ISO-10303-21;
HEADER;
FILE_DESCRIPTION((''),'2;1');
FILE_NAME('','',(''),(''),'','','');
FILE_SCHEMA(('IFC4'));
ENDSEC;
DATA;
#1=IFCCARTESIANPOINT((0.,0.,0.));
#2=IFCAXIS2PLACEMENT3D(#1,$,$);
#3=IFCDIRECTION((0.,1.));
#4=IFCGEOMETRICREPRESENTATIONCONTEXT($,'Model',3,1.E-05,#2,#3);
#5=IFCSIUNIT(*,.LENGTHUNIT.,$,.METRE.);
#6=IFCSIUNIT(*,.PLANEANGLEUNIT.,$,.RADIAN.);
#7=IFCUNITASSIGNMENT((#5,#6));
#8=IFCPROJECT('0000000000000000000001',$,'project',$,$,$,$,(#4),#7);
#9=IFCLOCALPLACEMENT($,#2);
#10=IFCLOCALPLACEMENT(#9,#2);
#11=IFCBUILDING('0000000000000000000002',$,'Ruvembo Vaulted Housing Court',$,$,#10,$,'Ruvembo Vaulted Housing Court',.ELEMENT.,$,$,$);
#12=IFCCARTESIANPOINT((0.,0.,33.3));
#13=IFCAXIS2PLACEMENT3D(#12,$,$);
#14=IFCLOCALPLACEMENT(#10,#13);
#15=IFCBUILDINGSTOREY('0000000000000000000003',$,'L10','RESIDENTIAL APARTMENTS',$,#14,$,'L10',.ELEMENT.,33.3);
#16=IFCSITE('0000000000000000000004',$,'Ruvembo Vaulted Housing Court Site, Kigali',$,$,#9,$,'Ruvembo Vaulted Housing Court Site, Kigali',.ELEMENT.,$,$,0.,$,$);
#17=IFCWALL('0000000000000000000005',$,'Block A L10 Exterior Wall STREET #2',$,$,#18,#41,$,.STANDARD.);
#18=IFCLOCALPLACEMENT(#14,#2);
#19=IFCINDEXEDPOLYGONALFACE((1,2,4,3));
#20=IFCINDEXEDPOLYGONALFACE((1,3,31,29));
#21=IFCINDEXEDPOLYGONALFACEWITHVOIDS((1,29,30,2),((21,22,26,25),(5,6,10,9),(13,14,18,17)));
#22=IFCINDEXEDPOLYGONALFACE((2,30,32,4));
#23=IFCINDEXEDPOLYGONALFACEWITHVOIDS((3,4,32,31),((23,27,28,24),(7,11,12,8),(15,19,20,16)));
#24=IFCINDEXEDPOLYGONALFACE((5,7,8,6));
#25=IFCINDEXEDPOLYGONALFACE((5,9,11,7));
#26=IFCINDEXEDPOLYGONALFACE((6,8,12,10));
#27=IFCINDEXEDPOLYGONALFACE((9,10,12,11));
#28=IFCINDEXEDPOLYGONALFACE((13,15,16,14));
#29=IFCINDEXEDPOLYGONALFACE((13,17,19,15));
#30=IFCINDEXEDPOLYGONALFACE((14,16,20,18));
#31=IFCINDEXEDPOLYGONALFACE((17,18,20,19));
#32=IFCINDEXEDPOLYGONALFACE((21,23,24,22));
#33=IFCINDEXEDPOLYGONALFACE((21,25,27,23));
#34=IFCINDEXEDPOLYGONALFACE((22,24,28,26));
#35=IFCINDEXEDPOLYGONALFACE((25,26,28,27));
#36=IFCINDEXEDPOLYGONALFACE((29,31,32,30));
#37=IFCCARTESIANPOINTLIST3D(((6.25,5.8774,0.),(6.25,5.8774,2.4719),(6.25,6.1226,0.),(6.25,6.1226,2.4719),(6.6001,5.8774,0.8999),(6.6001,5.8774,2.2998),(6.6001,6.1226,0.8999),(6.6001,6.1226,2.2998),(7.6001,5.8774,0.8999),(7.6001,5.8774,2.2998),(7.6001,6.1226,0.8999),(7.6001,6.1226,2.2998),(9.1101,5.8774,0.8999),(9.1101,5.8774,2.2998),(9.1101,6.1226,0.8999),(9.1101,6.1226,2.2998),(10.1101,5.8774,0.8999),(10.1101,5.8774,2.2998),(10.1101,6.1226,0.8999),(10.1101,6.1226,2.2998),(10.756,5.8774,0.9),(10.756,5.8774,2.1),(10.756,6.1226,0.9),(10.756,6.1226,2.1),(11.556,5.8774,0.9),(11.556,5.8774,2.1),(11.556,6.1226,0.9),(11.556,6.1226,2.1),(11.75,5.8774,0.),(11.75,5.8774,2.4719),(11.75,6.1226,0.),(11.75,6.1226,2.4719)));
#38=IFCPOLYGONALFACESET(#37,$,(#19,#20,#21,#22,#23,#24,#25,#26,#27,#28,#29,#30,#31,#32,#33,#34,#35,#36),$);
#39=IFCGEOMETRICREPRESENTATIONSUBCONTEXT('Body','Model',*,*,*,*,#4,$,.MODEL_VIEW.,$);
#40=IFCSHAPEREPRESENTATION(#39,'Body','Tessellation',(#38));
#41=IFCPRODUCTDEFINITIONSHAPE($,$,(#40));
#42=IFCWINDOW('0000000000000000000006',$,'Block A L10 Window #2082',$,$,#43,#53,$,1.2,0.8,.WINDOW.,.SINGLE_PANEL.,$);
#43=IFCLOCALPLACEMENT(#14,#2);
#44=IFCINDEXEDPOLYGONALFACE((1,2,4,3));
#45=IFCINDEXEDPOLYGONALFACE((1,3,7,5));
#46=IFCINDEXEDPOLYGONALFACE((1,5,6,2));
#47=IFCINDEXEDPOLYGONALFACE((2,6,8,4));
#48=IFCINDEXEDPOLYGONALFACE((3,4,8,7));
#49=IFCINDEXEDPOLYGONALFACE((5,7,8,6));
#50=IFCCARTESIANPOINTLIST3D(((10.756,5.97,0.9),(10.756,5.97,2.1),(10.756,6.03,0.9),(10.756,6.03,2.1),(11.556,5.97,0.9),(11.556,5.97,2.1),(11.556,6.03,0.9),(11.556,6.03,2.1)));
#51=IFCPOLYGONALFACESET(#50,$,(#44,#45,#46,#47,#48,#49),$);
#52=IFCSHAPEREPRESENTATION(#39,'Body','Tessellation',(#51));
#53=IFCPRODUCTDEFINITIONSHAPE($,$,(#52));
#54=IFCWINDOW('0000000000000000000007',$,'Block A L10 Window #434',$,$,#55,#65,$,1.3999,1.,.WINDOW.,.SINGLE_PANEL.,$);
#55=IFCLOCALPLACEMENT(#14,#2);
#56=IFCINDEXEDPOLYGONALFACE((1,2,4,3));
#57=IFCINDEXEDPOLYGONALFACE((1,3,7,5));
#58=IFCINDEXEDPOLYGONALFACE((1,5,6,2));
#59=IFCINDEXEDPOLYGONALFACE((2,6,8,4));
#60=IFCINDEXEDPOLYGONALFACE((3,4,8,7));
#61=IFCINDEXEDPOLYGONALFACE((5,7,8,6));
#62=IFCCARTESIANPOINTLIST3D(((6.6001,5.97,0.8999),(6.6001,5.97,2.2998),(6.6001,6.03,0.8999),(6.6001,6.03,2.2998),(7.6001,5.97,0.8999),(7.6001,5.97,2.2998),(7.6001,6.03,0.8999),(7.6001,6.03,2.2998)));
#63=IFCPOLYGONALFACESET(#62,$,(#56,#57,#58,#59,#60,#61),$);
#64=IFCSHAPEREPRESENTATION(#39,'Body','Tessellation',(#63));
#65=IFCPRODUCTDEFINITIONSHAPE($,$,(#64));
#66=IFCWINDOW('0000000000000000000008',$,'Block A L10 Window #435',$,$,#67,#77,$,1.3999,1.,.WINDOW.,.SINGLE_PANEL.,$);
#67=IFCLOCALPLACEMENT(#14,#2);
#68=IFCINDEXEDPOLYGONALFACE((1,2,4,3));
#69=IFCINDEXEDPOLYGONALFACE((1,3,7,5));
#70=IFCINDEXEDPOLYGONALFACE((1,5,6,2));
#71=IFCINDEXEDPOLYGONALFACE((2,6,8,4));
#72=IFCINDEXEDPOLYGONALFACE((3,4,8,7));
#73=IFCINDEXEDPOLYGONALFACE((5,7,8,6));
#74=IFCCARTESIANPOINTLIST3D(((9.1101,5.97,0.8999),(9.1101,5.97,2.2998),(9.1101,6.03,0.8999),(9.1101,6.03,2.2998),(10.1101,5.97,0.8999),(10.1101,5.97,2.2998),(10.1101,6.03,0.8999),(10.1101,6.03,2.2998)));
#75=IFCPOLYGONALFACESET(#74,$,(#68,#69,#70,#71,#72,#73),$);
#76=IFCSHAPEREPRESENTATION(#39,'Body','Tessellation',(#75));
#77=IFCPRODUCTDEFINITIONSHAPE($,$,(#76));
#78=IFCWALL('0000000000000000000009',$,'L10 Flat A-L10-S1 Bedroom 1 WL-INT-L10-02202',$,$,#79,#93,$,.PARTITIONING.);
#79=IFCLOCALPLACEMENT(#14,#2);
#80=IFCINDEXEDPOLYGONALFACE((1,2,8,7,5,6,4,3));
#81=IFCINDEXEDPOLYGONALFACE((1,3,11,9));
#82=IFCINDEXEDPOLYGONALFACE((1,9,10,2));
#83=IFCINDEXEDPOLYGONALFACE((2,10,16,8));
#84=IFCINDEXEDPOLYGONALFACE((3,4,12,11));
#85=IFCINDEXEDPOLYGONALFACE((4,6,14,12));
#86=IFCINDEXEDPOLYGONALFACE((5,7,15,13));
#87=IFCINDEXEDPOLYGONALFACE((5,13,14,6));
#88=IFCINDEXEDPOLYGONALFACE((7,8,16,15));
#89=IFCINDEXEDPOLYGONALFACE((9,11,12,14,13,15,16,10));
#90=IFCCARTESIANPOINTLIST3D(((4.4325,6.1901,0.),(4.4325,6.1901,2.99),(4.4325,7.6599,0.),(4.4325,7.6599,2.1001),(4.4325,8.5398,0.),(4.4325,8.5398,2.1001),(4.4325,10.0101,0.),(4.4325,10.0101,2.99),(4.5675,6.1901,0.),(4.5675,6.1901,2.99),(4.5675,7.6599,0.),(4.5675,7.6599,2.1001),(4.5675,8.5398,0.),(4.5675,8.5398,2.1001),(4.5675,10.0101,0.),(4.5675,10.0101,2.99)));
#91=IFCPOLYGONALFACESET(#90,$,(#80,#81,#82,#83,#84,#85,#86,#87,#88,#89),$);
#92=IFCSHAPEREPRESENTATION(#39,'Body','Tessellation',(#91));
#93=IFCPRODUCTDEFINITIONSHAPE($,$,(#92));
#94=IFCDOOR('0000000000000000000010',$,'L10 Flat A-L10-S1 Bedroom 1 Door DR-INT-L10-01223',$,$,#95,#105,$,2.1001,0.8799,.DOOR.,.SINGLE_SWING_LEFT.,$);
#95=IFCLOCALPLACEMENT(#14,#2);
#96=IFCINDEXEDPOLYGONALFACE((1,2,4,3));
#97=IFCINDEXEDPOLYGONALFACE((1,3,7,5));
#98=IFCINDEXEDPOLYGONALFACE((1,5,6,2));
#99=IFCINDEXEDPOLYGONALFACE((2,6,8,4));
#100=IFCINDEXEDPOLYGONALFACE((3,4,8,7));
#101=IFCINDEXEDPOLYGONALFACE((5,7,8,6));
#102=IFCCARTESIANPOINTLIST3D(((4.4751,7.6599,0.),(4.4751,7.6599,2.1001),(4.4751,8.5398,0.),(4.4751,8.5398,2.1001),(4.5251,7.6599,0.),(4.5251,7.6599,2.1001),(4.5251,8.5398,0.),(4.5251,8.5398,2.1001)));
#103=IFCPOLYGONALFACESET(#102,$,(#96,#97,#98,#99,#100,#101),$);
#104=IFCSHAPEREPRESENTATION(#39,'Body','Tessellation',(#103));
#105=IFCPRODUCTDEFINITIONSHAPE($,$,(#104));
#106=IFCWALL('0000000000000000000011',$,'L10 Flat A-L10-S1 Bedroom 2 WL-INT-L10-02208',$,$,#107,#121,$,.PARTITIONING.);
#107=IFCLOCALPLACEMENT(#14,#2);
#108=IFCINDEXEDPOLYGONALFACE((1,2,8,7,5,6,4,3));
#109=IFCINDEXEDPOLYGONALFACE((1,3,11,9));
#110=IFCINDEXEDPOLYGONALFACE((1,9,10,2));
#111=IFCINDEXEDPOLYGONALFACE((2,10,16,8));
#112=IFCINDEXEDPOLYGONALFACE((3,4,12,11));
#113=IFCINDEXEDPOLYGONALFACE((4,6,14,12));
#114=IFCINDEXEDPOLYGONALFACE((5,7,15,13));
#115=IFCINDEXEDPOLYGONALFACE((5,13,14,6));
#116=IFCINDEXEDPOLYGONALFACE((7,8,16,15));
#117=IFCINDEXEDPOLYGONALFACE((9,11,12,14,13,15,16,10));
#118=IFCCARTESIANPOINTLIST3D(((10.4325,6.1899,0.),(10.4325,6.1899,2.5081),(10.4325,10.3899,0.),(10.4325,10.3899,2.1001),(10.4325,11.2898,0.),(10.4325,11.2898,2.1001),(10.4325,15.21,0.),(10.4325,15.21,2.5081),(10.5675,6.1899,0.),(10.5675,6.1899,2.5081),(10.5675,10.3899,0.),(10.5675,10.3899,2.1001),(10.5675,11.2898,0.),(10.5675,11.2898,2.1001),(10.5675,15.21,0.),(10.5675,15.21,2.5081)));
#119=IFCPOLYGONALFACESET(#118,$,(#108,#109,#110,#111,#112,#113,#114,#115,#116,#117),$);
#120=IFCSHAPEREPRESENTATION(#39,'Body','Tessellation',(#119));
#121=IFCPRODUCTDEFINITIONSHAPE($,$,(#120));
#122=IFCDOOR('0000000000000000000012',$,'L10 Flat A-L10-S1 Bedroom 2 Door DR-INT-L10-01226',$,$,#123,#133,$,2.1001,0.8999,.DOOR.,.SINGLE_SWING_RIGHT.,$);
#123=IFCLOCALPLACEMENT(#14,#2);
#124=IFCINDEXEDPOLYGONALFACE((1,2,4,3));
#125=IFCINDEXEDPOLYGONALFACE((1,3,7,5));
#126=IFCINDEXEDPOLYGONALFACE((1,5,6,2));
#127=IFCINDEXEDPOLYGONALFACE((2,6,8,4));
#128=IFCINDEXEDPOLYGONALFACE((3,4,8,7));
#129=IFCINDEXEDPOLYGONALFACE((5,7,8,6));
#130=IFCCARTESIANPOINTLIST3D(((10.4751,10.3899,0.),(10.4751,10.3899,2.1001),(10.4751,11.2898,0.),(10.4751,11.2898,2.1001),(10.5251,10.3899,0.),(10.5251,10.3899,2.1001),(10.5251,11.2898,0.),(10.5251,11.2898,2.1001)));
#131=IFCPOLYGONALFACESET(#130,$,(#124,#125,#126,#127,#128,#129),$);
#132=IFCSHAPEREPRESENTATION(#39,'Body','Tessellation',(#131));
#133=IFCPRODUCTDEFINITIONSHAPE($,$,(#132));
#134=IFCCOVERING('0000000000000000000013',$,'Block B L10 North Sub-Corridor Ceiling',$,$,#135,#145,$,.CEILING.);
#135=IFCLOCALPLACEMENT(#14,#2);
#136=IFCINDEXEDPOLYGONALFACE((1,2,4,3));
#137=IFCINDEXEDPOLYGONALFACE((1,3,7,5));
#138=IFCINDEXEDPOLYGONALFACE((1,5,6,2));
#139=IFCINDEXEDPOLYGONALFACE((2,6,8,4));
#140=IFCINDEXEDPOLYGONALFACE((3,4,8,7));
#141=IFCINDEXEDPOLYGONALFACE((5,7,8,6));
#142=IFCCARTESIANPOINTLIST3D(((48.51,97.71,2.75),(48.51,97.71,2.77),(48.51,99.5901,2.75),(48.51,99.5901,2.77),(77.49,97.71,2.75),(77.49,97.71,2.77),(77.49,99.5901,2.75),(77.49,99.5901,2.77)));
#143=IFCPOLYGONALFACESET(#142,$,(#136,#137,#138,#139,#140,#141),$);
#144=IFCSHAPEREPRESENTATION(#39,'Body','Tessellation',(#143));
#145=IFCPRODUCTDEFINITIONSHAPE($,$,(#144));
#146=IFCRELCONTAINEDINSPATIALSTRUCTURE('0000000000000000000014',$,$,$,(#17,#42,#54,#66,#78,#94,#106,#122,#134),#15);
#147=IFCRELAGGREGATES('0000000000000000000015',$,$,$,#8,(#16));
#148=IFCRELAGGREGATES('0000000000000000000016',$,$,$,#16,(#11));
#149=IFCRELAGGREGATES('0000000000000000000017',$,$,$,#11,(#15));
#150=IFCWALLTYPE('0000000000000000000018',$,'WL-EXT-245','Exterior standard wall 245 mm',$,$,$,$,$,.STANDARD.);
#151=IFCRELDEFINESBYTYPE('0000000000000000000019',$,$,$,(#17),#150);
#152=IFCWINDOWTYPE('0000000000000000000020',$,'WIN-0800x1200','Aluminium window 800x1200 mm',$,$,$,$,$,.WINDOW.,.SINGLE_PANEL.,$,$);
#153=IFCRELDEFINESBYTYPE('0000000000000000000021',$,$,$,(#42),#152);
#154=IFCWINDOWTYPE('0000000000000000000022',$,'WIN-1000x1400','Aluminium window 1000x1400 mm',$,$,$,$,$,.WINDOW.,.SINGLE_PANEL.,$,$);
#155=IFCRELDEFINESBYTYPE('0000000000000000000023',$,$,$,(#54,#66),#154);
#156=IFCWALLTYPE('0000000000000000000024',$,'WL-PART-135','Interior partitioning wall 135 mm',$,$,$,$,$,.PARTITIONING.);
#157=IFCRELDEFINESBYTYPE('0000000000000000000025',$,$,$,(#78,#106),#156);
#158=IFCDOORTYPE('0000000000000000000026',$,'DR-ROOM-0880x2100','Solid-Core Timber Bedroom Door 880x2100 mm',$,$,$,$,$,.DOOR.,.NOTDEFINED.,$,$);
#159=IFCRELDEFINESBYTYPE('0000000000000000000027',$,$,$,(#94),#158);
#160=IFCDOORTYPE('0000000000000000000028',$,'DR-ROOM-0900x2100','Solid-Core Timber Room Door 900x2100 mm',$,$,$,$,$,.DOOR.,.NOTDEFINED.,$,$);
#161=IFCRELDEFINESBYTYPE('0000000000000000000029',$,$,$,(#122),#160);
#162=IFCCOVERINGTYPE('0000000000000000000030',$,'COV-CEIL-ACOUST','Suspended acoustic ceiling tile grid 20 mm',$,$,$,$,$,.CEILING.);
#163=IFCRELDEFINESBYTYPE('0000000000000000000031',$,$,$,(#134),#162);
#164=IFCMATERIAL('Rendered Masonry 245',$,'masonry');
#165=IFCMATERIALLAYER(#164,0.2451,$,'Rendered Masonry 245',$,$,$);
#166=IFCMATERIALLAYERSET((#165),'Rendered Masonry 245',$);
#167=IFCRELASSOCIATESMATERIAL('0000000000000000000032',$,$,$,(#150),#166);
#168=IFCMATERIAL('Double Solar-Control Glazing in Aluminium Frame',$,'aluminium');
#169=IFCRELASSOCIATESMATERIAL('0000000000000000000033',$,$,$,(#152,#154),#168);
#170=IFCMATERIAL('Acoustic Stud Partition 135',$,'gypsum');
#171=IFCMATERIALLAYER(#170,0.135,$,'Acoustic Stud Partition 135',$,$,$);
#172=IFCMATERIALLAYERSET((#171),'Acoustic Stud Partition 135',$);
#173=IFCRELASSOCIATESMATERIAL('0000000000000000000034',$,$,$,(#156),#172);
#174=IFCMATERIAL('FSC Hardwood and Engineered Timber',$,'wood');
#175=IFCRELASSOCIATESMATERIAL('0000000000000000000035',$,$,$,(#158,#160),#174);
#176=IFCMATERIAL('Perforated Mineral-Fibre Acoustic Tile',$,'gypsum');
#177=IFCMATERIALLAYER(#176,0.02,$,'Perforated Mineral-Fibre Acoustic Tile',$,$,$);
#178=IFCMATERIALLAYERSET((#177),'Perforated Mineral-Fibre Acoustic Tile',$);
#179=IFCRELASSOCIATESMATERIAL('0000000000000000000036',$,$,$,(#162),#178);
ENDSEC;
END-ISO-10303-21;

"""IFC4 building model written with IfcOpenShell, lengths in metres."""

from ifc_helpers import new_model, si_unit, direction, frame, frame_2d, origin, place, context, subcontext, project, spatial, polyline, rectangle, outline, extrude, material, layer, layer_set, type_object, element, fill, save


model = new_model("IFC4")

# Units and contexts
model_context = context("Model", 3, precision=1e-05, world=origin(), true_north=direction((0.0, 1.0)))
body_context = subcontext(model_context, "Body", "Model", "MODEL_VIEW")
ifc_project = project(units=[si_unit("LENGTHUNIT", "METRE"), si_unit("PLANEANGLEUNIT", "RADIAN")], contexts=[model_context])

# Site, building, storey
site_placement = place(None, origin())
site = spatial("IfcSite", under=ifc_project, at=site_placement, Name="Ruvembo Vaulted Housing Court Site, Kigali", LongName="Ruvembo Vaulted Housing Court Site, Kigali", CompositionType="ELEMENT", RefElevation=0.0)
building_placement = place(site_placement, origin())
building = spatial("IfcBuilding", under=site, at=building_placement, Name="Ruvembo Vaulted Housing Court", LongName="Ruvembo Vaulted Housing Court", CompositionType="ELEMENT")
storey_placement = place(building_placement, frame((0.0, 0.0, 33.3)))
storey = spatial("IfcBuildingStorey", under=building, at=storey_placement, Name="L10", Description="RESIDENTIAL APARTMENTS", LongName="L10", CompositionType="ELEMENT", Elevation=33.3)

# Wall, openings, windows
ifc_material_1 = material(Name="Rendered Masonry 245", Category="masonry")
ifc_layer_1 = layer(ifc_material_1, 0.2451, Name="Rendered Masonry 245")
ifc_layer_set_1 = layer_set([ifc_layer_1], Name="Rendered Masonry 245")
wall_type_1 = type_object("IfcWallType", Name="WL-EXT-245", Description="Exterior standard wall 245 mm", PredefinedType="STANDARD", material=ifc_layer_set_1)
ifc_material_2 = material(Name="Double Solar-Control Glazing in Aluminium Frame", Category="aluminium")
wall_1_placement = place(storey_placement, frame((6.25, 6.0, 0.0), z_axis=(0.0, 0.0, 1.0), x_axis=(1.0, 0.0, 0.0)))
wall_1 = element("IfcWall", 1, at=wall_1_placement, inside=storey, type_object=wall_type_1, Name="Block A L10 Exterior Wall STREET #2", PredefinedType="STANDARD", context=body_context, shape_type="SweptSolid", body=[
    extrude(rectangle(XDim=5.5, YDim=0.2451, at=frame_2d((2.75, 0.0))), origin(), (0.0, 0.0, 1.0), 2.4719),
])
opening_1_placement = place(wall_1_placement, frame((0.3501, 0.0, 0.8999)))
opening_1 = element("IfcOpeningElement", 2, at=opening_1_placement, cuts=wall_1, PredefinedType="OPENING", context=body_context, shape_type="SweptSolid", body=[
    extrude(rectangle(XDim=1.0, YDim=1.3999, at=frame_2d((0.5, 0.7))), frame((0.0, 0.1326, 0.0), z_axis=(0.0, -1.0, 0.0), x_axis=(1.0, 0.0, 0.0)), (0.0, 0.0, 1.0), 0.2651),
])
opening_2_placement = place(wall_1_placement, frame((2.8601, 0.0, 0.8999)))
opening_2 = element("IfcOpeningElement", 3, at=opening_2_placement, cuts=wall_1, PredefinedType="OPENING", context=body_context, shape_type="SweptSolid", body=[
    extrude(rectangle(XDim=1.0, YDim=1.3999, at=frame_2d((0.5, 0.7))), frame((0.0, 0.1326, 0.0), z_axis=(0.0, -1.0, 0.0), x_axis=(1.0, 0.0, 0.0)), (0.0, 0.0, 1.0), 0.2651),
])
opening_3_placement = place(wall_1_placement, frame((4.5061, 0.0, 0.8999)))
opening_3 = element("IfcOpeningElement", 4, at=opening_3_placement, cuts=wall_1, PredefinedType="OPENING", context=body_context, shape_type="SweptSolid", body=[
    extrude(rectangle(XDim=0.8, YDim=1.2, at=frame_2d((0.3999, 0.6001))), frame((0.0, 0.1326, 0.0), z_axis=(0.0, -1.0, 0.0), x_axis=(1.0, 0.0, 0.0)), (0.0, 0.0, 1.0), 0.2651),
])
window_type_1 = type_object("IfcWindowType", Name="WIN-0800x1200", Description="Aluminium window 800x1200 mm", PartitioningType="SINGLE_PANEL", PredefinedType="WINDOW", material=ifc_material_2)
window_1_placement = place(opening_3_placement, origin())
window_1 = element("IfcWindow", 5, at=window_1_placement, inside=storey, type_object=window_type_1, Name="Block A L10 Window #2082", OverallHeight=1.2, OverallWidth=0.8, PartitioningType="SINGLE_PANEL", PredefinedType="WINDOW", context=body_context, shape_type="SweptSolid", body=[
    extrude(rectangle(XDim=0.8, YDim=1.2, at=frame_2d((0.3999, 0.6001))), frame((0.0, 0.03, 0.0), z_axis=(0.0, -1.0, 0.0), x_axis=(1.0, 0.0, 0.0)), (0.0, 0.0, 1.0), 0.0601),
])
fill(opening_3, window_1)
window_type_2 = type_object("IfcWindowType", Name="WIN-1000x1400", Description="Aluminium window 1000x1400 mm", PartitioningType="SINGLE_PANEL", PredefinedType="WINDOW", material=ifc_material_2)
window_2_placement = place(opening_1_placement, origin())
window_2 = element("IfcWindow", 6, at=window_2_placement, inside=storey, type_object=window_type_2, Name="Block A L10 Window #434", OverallHeight=1.3999, OverallWidth=1.0, PartitioningType="SINGLE_PANEL", PredefinedType="WINDOW", context=body_context, shape_type="SweptSolid", body=[
    extrude(rectangle(XDim=1.0, YDim=1.3999, at=frame_2d((0.5, 0.7))), frame((0.0, 0.03, 0.0), z_axis=(0.0, -1.0, 0.0), x_axis=(1.0, 0.0, 0.0)), (0.0, 0.0, 1.0), 0.0601),
])
fill(opening_1, window_2)
window_3_placement = place(opening_2_placement, origin())
window_3 = element("IfcWindow", 7, at=window_3_placement, inside=storey, type_object=window_type_2, Name="Block A L10 Window #435", OverallHeight=1.3999, OverallWidth=1.0, PartitioningType="SINGLE_PANEL", PredefinedType="WINDOW", context=body_context, shape_type="SweptSolid", body=[
    extrude(rectangle(XDim=1.0, YDim=1.3999, at=frame_2d((0.5, 0.7))), frame((0.0, 0.03, 0.0), z_axis=(0.0, -1.0, 0.0), x_axis=(1.0, 0.0, 0.0)), (0.0, 0.0, 1.0), 0.0601),
])
fill(opening_2, window_3)

# Walls, openings, doors
ifc_material_3 = material(Name="Acoustic Stud Partition 135", Category="gypsum")
ifc_layer_2 = layer(ifc_material_3, 0.135, Name="Acoustic Stud Partition 135")
ifc_layer_set_2 = layer_set([ifc_layer_2], Name="Acoustic Stud Partition 135")
wall_type_2 = type_object("IfcWallType", Name="WL-PART-135", Description="Interior partitioning wall 135 mm", PredefinedType="PARTITIONING", material=ifc_layer_set_2)
wall_2_placement = place(storey_placement, frame((4.5, 6.1899, 0.0), z_axis=(0.0, 0.0, 1.0), x_axis=(0.0, 1.0, 0.0)))
wall_2 = element("IfcWall", 8, at=wall_2_placement, inside=storey, type_object=wall_type_2, Name="L10 Flat A-L10-S1 Bedroom 1 WL-INT-L10-02202", PredefinedType="PARTITIONING", context=body_context, shape_type="SweptSolid", body=[
    extrude(rectangle(XDim=3.8201, YDim=0.135, at=frame_2d((1.9102, 0.0))), origin(), (0.0, 0.0, 1.0), 2.99),
])
opening_4_placement = place(wall_2_placement, frame((1.47, 0.0, 0.0)))
opening_4 = element("IfcOpeningElement", 9, at=opening_4_placement, cuts=wall_2, PredefinedType="OPENING", context=body_context, shape_type="SweptSolid", body=[
    extrude(rectangle(XDim=0.8799, YDim=2.1001, at=frame_2d((0.4399, 1.05))), frame((0.0, 0.0774, 0.0), z_axis=(0.0, -1.0, 0.0), x_axis=(1.0, 0.0, 0.0)), (0.0, 0.0, 1.0), 0.155),
])
ifc_material_4 = material(Name="FSC Hardwood and Engineered Timber", Category="wood")
door_type_1 = type_object("IfcDoorType", Name="DR-ROOM-0880x2100", Description="Solid-Core Timber Bedroom Door 880x2100 mm", OperationType="NOTDEFINED", PredefinedType="DOOR", material=ifc_material_4)
door_1_placement = place(opening_4_placement, origin())
door_1 = element("IfcDoor", 10, at=door_1_placement, inside=storey, type_object=door_type_1, Name="L10 Flat A-L10-S1 Bedroom 1 Door DR-INT-L10-01223", OperationType="SINGLE_SWING_LEFT", OverallHeight=2.1001, OverallWidth=0.8799, PredefinedType="DOOR", context=body_context, shape_type="SweptSolid", body=[
    extrude(rectangle(XDim=0.8799, YDim=2.1001, at=frame_2d((0.4399, 1.05))), frame((0.0, 0.0249, 0.0), z_axis=(0.0, -1.0, 0.0), x_axis=(1.0, 0.0, 0.0)), (0.0, 0.0, 1.0), 0.05),
])
fill(opening_4, door_1)
wall_3_placement = place(storey_placement, frame((10.5, 6.1899, 0.0), z_axis=(0.0, 0.0, 1.0), x_axis=(0.0, 1.0, 0.0)))
wall_3 = element("IfcWall", 11, at=wall_3_placement, inside=storey, type_object=wall_type_2, Name="L10 Flat A-L10-S1 Bedroom 2 WL-INT-L10-02208", PredefinedType="PARTITIONING", context=body_context, shape_type="SweptSolid", body=[
    extrude(rectangle(XDim=9.02, YDim=0.135, at=frame_2d((4.51, 0.0))), origin(), (0.0, 0.0, 1.0), 2.5081),
])
opening_5_placement = place(wall_3_placement, frame((4.2, 0.0, 0.0)))
opening_5 = element("IfcOpeningElement", 12, at=opening_5_placement, cuts=wall_3, PredefinedType="OPENING", context=body_context, shape_type="SweptSolid", body=[
    extrude(rectangle(XDim=0.8999, YDim=2.1001, at=frame_2d((0.45, 1.05))), frame((0.0, 0.0774, 0.0), z_axis=(0.0, -1.0, 0.0), x_axis=(1.0, 0.0, 0.0)), (0.0, 0.0, 1.0), 0.155),
])
door_type_2 = type_object("IfcDoorType", Name="DR-ROOM-0900x2100", Description="Solid-Core Timber Room Door 900x2100 mm", OperationType="NOTDEFINED", PredefinedType="DOOR", material=ifc_material_4)
door_2_placement = place(opening_5_placement, origin())
door_2 = element("IfcDoor", 13, at=door_2_placement, inside=storey, type_object=door_type_2, Name="L10 Flat A-L10-S1 Bedroom 2 Door DR-INT-L10-01226", OperationType="SINGLE_SWING_RIGHT", OverallHeight=2.1001, OverallWidth=0.8999, PredefinedType="DOOR", context=body_context, shape_type="SweptSolid", body=[
    extrude(rectangle(XDim=0.8999, YDim=2.1001, at=frame_2d((0.45, 1.05))), frame((0.0, 0.0249, 0.0), z_axis=(0.0, -1.0, 0.0), x_axis=(1.0, 0.0, 0.0)), (0.0, 0.0, 1.0), 0.05),
])
fill(opening_5, door_2)

# Covering
ifc_material_5 = material(Name="Perforated Mineral-Fibre Acoustic Tile", Category="gypsum")
ifc_layer_3 = layer(ifc_material_5, 0.02, Name="Perforated Mineral-Fibre Acoustic Tile")
ifc_layer_set_3 = layer_set([ifc_layer_3], Name="Perforated Mineral-Fibre Acoustic Tile")
covering_type = type_object("IfcCoveringType", Name="COV-CEIL-ACOUST", Description="Suspended acoustic ceiling tile grid 20 mm", PredefinedType="CEILING", material=ifc_layer_set_3)
covering_placement = place(storey_placement, frame((0.0, 0.0, 2.75)))
element("IfcCovering", 14, at=covering_placement, inside=storey, type_object=covering_type, Name="Block B L10 North Sub-Corridor Ceiling", PredefinedType="CEILING", context=body_context, shape_type="SweptSolid", body=[
    extrude(outline(polyline([(48.51, 97.71), (77.49, 97.71), (77.49, 99.5901), (48.51, 99.5901), (48.51, 97.71)])), origin(), (0.0, 0.0, 1.0), 0.02),
])

save(model, "model.ifc")
